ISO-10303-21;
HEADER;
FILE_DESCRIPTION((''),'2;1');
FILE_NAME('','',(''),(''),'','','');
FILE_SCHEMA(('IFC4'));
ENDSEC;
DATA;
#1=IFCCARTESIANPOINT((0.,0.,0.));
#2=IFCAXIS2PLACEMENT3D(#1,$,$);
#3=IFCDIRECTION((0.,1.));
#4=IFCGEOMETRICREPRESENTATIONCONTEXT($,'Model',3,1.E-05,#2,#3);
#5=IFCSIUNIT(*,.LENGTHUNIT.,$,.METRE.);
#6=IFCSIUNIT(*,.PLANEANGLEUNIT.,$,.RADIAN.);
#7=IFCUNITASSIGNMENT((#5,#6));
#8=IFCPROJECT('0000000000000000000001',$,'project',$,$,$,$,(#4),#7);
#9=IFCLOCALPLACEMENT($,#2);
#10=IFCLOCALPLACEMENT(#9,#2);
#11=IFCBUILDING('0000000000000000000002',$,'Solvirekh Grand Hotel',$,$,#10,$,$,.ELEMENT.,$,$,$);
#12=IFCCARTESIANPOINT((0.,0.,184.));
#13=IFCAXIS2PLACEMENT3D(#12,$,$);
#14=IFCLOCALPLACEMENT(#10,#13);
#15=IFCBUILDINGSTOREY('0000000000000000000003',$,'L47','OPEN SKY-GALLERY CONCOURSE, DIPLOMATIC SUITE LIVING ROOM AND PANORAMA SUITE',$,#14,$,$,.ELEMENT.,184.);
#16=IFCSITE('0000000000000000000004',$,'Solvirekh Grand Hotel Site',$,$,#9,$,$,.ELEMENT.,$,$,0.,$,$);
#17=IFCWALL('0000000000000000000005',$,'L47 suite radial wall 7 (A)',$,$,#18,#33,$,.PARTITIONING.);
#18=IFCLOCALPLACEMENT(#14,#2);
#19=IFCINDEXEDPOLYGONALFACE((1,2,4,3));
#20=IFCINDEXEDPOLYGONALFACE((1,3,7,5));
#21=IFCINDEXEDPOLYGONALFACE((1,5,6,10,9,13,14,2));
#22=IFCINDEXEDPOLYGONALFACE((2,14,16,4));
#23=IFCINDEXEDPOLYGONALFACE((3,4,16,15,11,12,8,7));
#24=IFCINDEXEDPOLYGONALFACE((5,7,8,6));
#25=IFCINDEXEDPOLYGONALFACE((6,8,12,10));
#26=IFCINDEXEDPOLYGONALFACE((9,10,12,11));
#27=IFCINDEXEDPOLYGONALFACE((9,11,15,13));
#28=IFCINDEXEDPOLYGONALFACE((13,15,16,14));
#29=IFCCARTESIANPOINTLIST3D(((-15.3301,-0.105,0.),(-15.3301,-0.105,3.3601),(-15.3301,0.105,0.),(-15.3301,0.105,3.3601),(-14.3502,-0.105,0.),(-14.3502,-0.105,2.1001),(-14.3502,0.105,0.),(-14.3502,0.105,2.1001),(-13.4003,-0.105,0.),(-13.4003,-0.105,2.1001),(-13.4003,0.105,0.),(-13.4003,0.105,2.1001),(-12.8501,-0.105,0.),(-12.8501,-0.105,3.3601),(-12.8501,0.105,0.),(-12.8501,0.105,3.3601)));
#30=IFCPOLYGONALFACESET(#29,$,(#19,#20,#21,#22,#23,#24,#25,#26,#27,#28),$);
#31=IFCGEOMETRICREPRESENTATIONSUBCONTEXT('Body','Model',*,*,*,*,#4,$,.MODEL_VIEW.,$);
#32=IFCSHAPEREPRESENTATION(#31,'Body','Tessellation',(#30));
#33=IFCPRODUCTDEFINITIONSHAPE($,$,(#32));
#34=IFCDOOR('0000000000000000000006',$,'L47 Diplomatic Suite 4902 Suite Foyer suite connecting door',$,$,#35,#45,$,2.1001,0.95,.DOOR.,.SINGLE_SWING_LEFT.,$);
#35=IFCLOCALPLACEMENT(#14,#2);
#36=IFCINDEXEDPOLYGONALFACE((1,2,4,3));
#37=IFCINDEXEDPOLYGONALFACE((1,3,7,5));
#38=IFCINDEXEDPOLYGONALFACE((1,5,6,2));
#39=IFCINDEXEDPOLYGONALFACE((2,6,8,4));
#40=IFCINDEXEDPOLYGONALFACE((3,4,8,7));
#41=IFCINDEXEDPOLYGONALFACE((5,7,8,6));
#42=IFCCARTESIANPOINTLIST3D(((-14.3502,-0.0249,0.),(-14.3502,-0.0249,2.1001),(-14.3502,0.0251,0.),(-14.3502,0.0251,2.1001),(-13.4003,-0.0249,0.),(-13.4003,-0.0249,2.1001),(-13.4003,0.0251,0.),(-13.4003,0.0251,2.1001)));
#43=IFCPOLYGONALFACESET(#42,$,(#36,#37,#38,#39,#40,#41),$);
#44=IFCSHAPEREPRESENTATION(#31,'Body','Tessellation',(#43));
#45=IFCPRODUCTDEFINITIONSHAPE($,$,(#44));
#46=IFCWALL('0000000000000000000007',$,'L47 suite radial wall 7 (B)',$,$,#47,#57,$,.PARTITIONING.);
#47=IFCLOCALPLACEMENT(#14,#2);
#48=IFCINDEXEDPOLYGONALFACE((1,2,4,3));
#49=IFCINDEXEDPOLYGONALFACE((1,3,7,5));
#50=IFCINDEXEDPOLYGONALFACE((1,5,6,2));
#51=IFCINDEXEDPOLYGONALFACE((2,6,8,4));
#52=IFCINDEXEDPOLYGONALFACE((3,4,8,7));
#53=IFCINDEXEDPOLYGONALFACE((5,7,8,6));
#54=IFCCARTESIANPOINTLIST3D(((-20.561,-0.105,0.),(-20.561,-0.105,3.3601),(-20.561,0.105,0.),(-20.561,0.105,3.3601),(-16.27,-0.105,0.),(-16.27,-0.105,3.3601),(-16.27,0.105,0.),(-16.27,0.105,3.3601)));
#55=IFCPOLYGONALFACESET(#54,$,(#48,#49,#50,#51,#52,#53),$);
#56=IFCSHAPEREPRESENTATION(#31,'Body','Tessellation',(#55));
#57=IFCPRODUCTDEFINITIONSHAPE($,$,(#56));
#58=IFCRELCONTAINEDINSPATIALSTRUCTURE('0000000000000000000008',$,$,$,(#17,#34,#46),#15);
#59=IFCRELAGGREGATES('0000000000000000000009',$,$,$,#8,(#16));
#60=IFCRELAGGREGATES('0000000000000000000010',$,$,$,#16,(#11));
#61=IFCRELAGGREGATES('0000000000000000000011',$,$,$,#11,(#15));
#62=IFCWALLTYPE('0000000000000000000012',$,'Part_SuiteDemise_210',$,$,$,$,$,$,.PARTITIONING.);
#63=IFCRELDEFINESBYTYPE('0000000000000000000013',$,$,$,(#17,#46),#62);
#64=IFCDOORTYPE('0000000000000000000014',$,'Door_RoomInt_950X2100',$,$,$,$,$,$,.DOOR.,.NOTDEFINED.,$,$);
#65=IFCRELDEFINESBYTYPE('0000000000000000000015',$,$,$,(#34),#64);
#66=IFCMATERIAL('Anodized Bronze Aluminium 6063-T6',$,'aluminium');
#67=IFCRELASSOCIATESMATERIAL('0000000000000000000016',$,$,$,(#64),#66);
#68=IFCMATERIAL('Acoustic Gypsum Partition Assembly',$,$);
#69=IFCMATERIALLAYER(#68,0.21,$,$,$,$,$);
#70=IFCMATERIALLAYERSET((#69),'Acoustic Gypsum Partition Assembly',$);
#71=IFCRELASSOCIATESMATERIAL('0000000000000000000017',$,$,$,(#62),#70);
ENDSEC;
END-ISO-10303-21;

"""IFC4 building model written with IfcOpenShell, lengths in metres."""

from ifc_helpers import new_model, si_unit, direction, frame, frame_2d, origin, place, context, subcontext, project, spatial, rectangle, extrude, material, layer, layer_set, type_object, element, fill, save


model = new_model("IFC4")

# Units and contexts
model_context = context("Model", 3, precision=1e-05, world=origin(), true_north=direction((0.0, 1.0)))
body_context = subcontext(model_context, "Body", "Model", "MODEL_VIEW")
ifc_project = project(units=[si_unit("LENGTHUNIT", "METRE"), si_unit("PLANEANGLEUNIT", "RADIAN")], contexts=[model_context])

# Site, building, storey
site_placement = place(None, origin())
site = spatial("IfcSite", under=ifc_project, at=site_placement, Name="Solvirekh Grand Hotel Site", CompositionType="ELEMENT", RefElevation=0.0)
building_placement = place(site_placement, origin())
building = spatial("IfcBuilding", under=site, at=building_placement, Name="Solvirekh Grand Hotel", CompositionType="ELEMENT")
storey_placement = place(building_placement, frame((0.0, 0.0, 184.0)))
storey = spatial("IfcBuildingStorey", under=building, at=storey_placement, Name="L47", Description="OPEN SKY-GALLERY CONCOURSE, DIPLOMATIC SUITE LIVING ROOM AND PANORAMA SUITE", CompositionType="ELEMENT", Elevation=184.0)

# Shared definitions
ifc_material_1 = material(Name="Anodized Bronze Aluminium 6063-T6", Category="aluminium")

# Shared definitions
ifc_material_2 = material(Name="Acoustic Gypsum Partition Assembly")

# Shared definitions
door_type_1 = type_object("IfcDoorType", Name="Door_RoomInt_950X2100", OperationType="NOTDEFINED", PredefinedType="DOOR", material=ifc_material_1)

# Wall, opening, door
ifc_layer_1 = layer(ifc_material_2, 0.21)
ifc_layer_set_1 = layer_set([ifc_layer_1], Name="Acoustic Gypsum Partition Assembly")
wall_type_1 = type_object("IfcWallType", Name="Part_SuiteDemise_210", PredefinedType="PARTITIONING", material=ifc_layer_set_1)
wall_1_placement = place(storey_placement, frame((-12.8501, 0.0, 0.0), z_axis=(0.0, 0.0, 1.0), x_axis=(-1.0, 0.0, 0.0)))
wall_1 = element("IfcWall", 1, at=wall_1_placement, inside=storey, type_object=wall_type_1, Name="L47 suite radial wall 7 (A)", PredefinedType="PARTITIONING", context=body_context, shape_type="SweptSolid", body=[
    extrude(rectangle(XDim=2.48, YDim=0.21, at=frame_2d((1.24, 0.0))), origin(), (0.0, 0.0, 1.0), 3.3601),
])
opening_1_placement = place(wall_1_placement, frame((0.55, 0.0, 0.0)))
opening_1 = element("IfcOpeningElement", 2, at=opening_1_placement, cuts=wall_1, PredefinedType="OPENING", context=body_context, shape_type="SweptSolid", body=[
    extrude(rectangle(XDim=0.95, YDim=2.1001, at=frame_2d((0.4751, 1.05))), frame((0.0, 0.115, 0.0), z_axis=(0.0, -1.0, 0.0), x_axis=(1.0, 0.0, 0.0)), (0.0, 0.0, 1.0), 0.23),
])
door_1_placement = place(opening_1_placement, origin())
door_1 = element("IfcDoor", 3, at=door_1_placement, inside=storey, type_object=door_type_1, Name="L47 Diplomatic Suite 4902 Suite Foyer suite connecting door", OperationType="SINGLE_SWING_LEFT", OverallHeight=2.1001, OverallWidth=0.95, PredefinedType="DOOR", context=body_context, shape_type="SweptSolid", body=[
    extrude(rectangle(XDim=0.95, YDim=2.1001, at=frame_2d((0.4751, 1.05))), frame((0.0, 0.0249, 0.0), z_axis=(0.0, -1.0, 0.0), x_axis=(1.0, 0.0, 0.0)), (0.0, 0.0, 1.0), 0.05),
])
fill(opening_1, door_1)

# Wall
wall_2_placement = place(storey_placement, frame((-16.27, 0.0, 0.0), z_axis=(0.0, 0.0, 1.0), x_axis=(-1.0, 0.0, 0.0)))
element("IfcWall", 4, at=wall_2_placement, inside=storey, type_object=wall_type_1, Name="L47 suite radial wall 7 (B)", PredefinedType="PARTITIONING", context=body_context, shape_type="SweptSolid", body=[
    extrude(rectangle(XDim=4.291, YDim=0.21, at=frame_2d((2.1455, 0.0))), origin(), (0.0, 0.0, 1.0), 3.3601),
])

save(model, "model.ifc")
